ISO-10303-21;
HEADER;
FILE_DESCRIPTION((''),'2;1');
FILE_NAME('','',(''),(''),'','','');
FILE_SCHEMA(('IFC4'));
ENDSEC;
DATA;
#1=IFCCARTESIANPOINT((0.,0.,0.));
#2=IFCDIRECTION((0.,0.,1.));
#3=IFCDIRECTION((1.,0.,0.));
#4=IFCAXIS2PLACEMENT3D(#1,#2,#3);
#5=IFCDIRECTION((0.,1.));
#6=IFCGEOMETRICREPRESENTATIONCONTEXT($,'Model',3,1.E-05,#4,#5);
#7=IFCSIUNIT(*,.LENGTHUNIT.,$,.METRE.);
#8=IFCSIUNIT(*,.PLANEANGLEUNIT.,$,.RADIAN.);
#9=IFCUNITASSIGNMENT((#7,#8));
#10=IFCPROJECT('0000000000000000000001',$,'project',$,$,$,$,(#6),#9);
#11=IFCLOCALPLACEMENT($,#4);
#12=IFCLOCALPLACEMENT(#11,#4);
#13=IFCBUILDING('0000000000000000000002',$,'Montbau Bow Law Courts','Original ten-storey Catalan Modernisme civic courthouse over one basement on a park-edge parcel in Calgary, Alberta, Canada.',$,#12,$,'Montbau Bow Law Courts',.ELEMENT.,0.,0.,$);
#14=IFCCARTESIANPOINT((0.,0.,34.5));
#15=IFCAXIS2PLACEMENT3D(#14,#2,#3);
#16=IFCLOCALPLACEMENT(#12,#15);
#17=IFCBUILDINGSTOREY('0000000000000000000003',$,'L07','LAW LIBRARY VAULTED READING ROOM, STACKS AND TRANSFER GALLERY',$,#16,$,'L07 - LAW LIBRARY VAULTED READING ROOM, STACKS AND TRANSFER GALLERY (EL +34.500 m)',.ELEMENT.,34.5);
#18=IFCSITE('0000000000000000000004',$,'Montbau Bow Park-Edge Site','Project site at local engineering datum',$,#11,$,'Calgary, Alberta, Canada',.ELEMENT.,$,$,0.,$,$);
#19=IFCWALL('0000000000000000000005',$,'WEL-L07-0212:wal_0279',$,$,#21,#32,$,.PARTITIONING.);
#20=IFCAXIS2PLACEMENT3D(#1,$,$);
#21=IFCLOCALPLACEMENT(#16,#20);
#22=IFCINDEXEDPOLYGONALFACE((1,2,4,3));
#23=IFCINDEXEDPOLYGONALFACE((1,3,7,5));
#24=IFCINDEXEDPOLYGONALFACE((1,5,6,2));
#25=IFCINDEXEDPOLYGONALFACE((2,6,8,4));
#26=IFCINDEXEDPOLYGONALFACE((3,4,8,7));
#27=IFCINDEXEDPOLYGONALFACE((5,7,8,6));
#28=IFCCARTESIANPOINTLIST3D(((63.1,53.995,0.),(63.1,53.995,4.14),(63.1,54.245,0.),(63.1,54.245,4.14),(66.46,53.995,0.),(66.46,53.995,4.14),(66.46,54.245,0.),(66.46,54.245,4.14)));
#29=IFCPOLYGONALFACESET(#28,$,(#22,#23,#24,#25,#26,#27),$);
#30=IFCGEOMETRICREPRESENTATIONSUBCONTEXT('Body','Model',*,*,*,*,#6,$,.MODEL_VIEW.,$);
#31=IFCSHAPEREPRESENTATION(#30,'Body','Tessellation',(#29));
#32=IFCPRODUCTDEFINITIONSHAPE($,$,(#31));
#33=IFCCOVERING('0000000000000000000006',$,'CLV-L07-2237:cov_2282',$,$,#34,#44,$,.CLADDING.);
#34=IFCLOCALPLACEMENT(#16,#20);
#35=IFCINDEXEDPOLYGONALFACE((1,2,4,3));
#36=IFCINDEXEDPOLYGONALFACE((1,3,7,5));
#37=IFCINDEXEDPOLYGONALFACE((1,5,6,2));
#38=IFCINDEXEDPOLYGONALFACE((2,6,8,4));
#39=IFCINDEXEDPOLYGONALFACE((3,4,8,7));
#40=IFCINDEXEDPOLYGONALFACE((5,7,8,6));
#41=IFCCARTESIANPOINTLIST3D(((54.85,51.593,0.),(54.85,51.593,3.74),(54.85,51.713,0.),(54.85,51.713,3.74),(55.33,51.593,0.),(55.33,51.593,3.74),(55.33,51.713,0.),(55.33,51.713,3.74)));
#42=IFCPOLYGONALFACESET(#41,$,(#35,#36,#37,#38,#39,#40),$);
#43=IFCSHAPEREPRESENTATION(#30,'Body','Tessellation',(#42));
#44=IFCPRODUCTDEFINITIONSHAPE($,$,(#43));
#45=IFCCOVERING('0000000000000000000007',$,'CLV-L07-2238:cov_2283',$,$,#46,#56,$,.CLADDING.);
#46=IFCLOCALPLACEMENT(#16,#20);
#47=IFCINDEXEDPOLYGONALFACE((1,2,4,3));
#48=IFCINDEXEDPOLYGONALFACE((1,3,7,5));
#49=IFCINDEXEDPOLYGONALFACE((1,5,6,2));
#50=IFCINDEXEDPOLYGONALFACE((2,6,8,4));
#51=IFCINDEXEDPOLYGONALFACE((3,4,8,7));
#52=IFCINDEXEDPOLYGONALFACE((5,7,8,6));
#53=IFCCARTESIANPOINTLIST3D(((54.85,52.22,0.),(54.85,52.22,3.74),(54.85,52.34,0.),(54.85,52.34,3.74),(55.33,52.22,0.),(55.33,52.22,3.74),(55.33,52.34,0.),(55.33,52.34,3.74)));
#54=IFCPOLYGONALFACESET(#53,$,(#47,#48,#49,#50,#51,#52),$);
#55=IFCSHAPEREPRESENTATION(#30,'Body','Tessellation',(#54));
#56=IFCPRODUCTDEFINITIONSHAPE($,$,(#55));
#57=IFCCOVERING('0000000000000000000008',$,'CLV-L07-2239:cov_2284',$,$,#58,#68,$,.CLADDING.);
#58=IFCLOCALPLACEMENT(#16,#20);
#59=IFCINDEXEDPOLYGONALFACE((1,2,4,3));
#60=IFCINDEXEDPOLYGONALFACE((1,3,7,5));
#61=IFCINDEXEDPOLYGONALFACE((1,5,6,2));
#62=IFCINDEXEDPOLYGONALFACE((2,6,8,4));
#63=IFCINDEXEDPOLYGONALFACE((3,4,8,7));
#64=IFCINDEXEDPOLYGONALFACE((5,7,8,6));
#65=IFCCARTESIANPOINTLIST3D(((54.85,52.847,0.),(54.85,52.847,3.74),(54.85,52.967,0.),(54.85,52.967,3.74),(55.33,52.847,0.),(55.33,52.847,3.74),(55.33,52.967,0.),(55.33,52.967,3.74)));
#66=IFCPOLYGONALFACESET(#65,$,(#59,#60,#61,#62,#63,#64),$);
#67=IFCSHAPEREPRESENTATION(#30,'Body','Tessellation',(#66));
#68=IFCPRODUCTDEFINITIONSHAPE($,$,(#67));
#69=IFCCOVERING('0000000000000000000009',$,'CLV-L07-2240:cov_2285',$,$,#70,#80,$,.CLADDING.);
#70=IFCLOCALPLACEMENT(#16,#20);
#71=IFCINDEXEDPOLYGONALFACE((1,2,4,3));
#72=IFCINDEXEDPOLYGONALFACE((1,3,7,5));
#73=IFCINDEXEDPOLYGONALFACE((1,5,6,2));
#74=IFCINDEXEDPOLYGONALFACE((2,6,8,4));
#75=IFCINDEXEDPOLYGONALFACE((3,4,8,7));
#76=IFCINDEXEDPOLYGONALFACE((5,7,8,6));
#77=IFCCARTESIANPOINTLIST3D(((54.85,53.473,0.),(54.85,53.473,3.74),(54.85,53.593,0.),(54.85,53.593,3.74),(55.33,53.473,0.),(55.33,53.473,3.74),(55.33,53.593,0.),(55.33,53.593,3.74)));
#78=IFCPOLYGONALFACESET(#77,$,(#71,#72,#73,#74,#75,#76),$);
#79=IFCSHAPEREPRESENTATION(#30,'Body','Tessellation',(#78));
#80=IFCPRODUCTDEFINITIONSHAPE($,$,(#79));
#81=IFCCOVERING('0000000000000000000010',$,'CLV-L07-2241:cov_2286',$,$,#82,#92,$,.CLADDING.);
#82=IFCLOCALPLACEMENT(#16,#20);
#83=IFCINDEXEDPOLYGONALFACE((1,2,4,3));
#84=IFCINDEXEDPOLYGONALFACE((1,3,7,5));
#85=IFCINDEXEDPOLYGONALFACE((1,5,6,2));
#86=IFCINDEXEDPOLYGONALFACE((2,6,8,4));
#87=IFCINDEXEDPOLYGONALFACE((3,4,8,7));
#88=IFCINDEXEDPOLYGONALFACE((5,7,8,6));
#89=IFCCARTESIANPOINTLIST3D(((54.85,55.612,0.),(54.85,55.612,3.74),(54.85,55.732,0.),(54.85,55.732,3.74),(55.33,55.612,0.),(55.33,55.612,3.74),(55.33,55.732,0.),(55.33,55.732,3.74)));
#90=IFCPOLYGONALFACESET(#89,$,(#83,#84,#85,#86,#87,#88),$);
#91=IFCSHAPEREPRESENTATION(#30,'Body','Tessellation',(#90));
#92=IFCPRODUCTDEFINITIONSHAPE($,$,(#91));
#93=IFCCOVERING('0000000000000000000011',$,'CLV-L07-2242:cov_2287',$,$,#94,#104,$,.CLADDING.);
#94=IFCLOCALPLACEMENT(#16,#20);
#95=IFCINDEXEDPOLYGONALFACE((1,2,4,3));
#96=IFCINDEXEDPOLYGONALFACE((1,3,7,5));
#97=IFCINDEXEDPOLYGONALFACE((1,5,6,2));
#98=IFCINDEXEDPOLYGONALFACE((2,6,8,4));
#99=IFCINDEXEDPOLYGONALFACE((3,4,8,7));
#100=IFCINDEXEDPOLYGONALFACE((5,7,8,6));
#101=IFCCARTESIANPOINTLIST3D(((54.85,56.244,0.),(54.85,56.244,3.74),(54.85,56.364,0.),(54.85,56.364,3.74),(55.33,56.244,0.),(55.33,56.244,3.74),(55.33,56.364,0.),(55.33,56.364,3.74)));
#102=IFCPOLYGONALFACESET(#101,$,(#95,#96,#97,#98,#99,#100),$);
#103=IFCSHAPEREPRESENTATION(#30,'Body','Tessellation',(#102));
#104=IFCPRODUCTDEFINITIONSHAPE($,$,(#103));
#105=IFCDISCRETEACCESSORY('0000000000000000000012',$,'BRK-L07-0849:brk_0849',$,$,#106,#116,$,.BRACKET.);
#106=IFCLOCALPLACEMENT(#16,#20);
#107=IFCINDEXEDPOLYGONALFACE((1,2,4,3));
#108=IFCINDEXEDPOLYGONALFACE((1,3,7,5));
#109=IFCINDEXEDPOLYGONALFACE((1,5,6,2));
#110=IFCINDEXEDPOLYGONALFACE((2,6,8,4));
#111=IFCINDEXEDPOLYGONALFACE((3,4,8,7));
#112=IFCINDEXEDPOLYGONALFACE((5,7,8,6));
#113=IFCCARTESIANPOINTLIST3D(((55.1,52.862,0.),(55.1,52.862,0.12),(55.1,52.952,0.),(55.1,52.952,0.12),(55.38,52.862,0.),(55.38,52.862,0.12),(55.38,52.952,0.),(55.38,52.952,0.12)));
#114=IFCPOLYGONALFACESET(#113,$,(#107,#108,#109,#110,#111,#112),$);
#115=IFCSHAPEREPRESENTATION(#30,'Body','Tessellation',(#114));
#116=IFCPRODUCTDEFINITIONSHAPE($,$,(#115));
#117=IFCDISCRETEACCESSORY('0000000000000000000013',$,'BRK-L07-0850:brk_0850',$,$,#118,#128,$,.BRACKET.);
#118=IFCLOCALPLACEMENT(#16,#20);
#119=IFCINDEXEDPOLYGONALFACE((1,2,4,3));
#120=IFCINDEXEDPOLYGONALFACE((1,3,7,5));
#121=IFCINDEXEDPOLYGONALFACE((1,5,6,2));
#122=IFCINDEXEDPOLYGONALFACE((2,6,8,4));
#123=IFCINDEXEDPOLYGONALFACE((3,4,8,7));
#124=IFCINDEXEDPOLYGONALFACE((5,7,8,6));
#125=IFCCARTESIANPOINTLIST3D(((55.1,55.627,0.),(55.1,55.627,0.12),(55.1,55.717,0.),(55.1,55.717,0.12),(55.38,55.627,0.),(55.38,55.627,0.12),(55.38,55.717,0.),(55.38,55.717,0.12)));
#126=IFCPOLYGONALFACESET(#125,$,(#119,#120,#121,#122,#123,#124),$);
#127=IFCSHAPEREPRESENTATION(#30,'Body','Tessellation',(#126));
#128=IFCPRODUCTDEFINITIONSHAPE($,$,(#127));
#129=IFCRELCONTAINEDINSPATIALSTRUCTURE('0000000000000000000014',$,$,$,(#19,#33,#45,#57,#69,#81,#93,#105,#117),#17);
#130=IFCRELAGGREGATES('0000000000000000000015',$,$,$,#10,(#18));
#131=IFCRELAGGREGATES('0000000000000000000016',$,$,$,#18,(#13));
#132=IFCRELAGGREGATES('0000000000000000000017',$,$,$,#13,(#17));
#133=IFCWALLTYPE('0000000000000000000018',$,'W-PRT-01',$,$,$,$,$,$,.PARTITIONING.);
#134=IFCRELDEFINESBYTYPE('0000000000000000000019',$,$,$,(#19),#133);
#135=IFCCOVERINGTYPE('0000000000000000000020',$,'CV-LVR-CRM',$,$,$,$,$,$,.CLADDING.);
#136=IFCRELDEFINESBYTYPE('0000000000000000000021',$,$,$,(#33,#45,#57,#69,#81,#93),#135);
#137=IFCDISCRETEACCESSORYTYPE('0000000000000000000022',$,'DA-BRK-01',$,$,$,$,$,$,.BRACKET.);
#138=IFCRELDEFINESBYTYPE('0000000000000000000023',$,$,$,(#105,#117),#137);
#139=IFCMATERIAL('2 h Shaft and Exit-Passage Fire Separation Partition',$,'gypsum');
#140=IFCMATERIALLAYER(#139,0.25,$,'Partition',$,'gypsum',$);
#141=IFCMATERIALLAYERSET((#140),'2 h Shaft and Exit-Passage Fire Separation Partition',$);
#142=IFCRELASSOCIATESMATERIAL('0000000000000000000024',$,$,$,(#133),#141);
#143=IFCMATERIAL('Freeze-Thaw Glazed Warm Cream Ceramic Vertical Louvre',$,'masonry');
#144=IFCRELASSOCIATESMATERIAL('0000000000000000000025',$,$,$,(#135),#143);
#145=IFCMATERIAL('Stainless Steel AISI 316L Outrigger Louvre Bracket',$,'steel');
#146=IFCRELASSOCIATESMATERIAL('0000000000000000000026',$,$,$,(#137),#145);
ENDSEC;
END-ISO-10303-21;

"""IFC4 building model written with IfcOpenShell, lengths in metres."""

from ifc_helpers import new_model, si_unit, direction, frame, frame_2d, origin_with_axes, origin_2d_with_axis, place, context, subcontext, project, spatial, rectangle, extrude, material, layer, layer_set, type_object, element, save


model = new_model("IFC4")

# Units and contexts
model_context = context("Model", 3, precision=1e-05, world=origin_with_axes(), true_north=direction((0.0, 1.0)))
body_context = subcontext(model_context, "Body", "Model", "MODEL_VIEW")
ifc_project = project(units=[si_unit("LENGTHUNIT", "METRE"), si_unit("PLANEANGLEUNIT", "RADIAN")], contexts=[model_context])

# Site, building, storey
site_placement = place(None, origin_with_axes())
site = spatial("IfcSite", under=ifc_project, at=site_placement, Name="Montbau Bow Park-Edge Site", Description="Project site at local engineering datum", LongName="Calgary, Alberta, Canada", CompositionType="ELEMENT", RefElevation=0.0)
building_placement = place(site_placement, origin_with_axes())
building = spatial("IfcBuilding", under=site, at=building_placement, Name="Montbau Bow Law Courts", Description="Original ten-storey Catalan Modernisme civic courthouse over one basement on a park-edge parcel in Calgary, Alberta, Canada.", LongName="Montbau Bow Law Courts", CompositionType="ELEMENT", ElevationOfRefHeight=0.0, ElevationOfTerrain=0.0)
storey_placement = place(building_placement, frame((0.0, 0.0, 34.5), z_axis=(0.0, 0.0, 1.0), x_axis=(1.0, 0.0, 0.0)))
storey = spatial("IfcBuildingStorey", under=building, at=storey_placement, Name="L07", Description="LAW LIBRARY VAULTED READING ROOM, STACKS AND TRANSFER GALLERY", LongName="L07 - LAW LIBRARY VAULTED READING ROOM, STACKS AND TRANSFER GALLERY (EL +34.500 m)", CompositionType="ELEMENT", Elevation=34.5)

# Wall
ifc_material_1 = material(Name="2 h Shaft and Exit-Passage Fire Separation Partition", Category="gypsum")
ifc_layer_1 = layer(ifc_material_1, 0.25, Name="Partition", Category="gypsum")
ifc_layer_set_1 = layer_set([ifc_layer_1], Name="2 h Shaft and Exit-Passage Fire Separation Partition")
wall_type_1 = type_object("IfcWallType", Name="W-PRT-01", PredefinedType="PARTITIONING", material=ifc_layer_set_1)
wall_1_placement = place(None, frame((63.1, 54.12, 34.5), z_axis=(0.0, 0.0, 1.0), x_axis=(1.0, 0.0, 0.0)))
element("IfcWall", 1, at=wall_1_placement, inside=storey, type_object=wall_type_1, Name="WEL-L07-0212:wal_0279", PredefinedType="PARTITIONING", context=body_context, shape_type="SweptSolid", body=[
    extrude(rectangle(XDim=3.36, YDim=0.25, at=frame_2d((1.68, 0.0), x_axis=(1.0, 0.0))), origin_with_axes(), (0.0, 0.0, 1.0), 4.14),
])

# Coverings
ifc_material_2 = material(Name="Freeze-Thaw Glazed Warm Cream Ceramic Vertical Louvre", Category="masonry")
covering_type = type_object("IfcCoveringType", Name="CV-LVR-CRM", PredefinedType="CLADDING", material=ifc_material_2)
for number, where, z_axis, x_axis, name in (
    (2, (55.33, 51.653, 34.5), (0.0, 1.0, 0.0), (-1.0, 0.0, 0.0), "CLV-L07-2237:cov_2282"),
    (3, (55.33, 52.28, 34.5), (0.0, 1.0, 0.0), (-1.0, 0.0, 0.0), "CLV-L07-2238:cov_2283"),
    (4, (55.33, 52.907, 34.5), (0.0, 1.0, 0.0), (-1.0, 0.0, 0.0), "CLV-L07-2239:cov_2284"),
    (5, (55.33, 53.533, 34.5), (0.0, 1.0, 0.0), (-1.0, 0.0, 0.0), "CLV-L07-2240:cov_2285"),
    (6, (55.33, 55.672, 34.5), (0.0, 1.0, 0.0), (-1.0, 0.0, 0.0), "CLV-L07-2241:cov_2286"),
    (7, (55.33, 56.304, 34.5), (0.0, 1.0, 0.0), (-1.0, 0.0, 0.0), "CLV-L07-2242:cov_2287"),
):
    element("IfcCovering", number, at=place(None, frame(where, z_axis=z_axis, x_axis=x_axis)), inside=storey, type_object=covering_type, Name=name, PredefinedType="CLADDING", context=body_context, shape_type="SweptSolid", body=[
        extrude(rectangle(XDim=0.48, YDim=3.74, at=frame_2d((0.24, 1.87), x_axis=(1.0, 0.0))), frame((0.0, 0.0, -0.06), z_axis=(0.0, 0.0, 1.0), x_axis=(1.0, 0.0, 0.0)), (0.0, 0.0, 1.0), 0.12),
    ])

# Discrete accessories
ifc_material_3 = material(Name="Stainless Steel AISI 316L Outrigger Louvre Bracket", Category="steel")
discrete_accessory_type = type_object("IfcDiscreteAccessoryType", Name="DA-BRK-01", PredefinedType="BRACKET", material=ifc_material_3)
for number, where, z_axis, x_axis, name in (
    (8, (55.24, 52.907, 34.5), (0.0, 0.0, 1.0), (-1.0, 0.0, 0.0), "BRK-L07-0849:brk_0849"),
    (9, (55.24, 55.672, 34.5), (0.0, 0.0, 1.0), (-1.0, 0.0, 0.0), "BRK-L07-0850:brk_0850"),
):
    element("IfcDiscreteAccessory", number, at=place(None, frame(where, z_axis=z_axis, x_axis=x_axis)), inside=storey, type_object=discrete_accessory_type, Name=name, PredefinedType="BRACKET", context=body_context, shape_type="SweptSolid", body=[
        extrude(rectangle(XDim=0.28, YDim=0.09, at=origin_2d_with_axis()), origin_with_axes(), (0.0, 0.0, 1.0), 0.12),
    ])

save(model, "model.ifc")
